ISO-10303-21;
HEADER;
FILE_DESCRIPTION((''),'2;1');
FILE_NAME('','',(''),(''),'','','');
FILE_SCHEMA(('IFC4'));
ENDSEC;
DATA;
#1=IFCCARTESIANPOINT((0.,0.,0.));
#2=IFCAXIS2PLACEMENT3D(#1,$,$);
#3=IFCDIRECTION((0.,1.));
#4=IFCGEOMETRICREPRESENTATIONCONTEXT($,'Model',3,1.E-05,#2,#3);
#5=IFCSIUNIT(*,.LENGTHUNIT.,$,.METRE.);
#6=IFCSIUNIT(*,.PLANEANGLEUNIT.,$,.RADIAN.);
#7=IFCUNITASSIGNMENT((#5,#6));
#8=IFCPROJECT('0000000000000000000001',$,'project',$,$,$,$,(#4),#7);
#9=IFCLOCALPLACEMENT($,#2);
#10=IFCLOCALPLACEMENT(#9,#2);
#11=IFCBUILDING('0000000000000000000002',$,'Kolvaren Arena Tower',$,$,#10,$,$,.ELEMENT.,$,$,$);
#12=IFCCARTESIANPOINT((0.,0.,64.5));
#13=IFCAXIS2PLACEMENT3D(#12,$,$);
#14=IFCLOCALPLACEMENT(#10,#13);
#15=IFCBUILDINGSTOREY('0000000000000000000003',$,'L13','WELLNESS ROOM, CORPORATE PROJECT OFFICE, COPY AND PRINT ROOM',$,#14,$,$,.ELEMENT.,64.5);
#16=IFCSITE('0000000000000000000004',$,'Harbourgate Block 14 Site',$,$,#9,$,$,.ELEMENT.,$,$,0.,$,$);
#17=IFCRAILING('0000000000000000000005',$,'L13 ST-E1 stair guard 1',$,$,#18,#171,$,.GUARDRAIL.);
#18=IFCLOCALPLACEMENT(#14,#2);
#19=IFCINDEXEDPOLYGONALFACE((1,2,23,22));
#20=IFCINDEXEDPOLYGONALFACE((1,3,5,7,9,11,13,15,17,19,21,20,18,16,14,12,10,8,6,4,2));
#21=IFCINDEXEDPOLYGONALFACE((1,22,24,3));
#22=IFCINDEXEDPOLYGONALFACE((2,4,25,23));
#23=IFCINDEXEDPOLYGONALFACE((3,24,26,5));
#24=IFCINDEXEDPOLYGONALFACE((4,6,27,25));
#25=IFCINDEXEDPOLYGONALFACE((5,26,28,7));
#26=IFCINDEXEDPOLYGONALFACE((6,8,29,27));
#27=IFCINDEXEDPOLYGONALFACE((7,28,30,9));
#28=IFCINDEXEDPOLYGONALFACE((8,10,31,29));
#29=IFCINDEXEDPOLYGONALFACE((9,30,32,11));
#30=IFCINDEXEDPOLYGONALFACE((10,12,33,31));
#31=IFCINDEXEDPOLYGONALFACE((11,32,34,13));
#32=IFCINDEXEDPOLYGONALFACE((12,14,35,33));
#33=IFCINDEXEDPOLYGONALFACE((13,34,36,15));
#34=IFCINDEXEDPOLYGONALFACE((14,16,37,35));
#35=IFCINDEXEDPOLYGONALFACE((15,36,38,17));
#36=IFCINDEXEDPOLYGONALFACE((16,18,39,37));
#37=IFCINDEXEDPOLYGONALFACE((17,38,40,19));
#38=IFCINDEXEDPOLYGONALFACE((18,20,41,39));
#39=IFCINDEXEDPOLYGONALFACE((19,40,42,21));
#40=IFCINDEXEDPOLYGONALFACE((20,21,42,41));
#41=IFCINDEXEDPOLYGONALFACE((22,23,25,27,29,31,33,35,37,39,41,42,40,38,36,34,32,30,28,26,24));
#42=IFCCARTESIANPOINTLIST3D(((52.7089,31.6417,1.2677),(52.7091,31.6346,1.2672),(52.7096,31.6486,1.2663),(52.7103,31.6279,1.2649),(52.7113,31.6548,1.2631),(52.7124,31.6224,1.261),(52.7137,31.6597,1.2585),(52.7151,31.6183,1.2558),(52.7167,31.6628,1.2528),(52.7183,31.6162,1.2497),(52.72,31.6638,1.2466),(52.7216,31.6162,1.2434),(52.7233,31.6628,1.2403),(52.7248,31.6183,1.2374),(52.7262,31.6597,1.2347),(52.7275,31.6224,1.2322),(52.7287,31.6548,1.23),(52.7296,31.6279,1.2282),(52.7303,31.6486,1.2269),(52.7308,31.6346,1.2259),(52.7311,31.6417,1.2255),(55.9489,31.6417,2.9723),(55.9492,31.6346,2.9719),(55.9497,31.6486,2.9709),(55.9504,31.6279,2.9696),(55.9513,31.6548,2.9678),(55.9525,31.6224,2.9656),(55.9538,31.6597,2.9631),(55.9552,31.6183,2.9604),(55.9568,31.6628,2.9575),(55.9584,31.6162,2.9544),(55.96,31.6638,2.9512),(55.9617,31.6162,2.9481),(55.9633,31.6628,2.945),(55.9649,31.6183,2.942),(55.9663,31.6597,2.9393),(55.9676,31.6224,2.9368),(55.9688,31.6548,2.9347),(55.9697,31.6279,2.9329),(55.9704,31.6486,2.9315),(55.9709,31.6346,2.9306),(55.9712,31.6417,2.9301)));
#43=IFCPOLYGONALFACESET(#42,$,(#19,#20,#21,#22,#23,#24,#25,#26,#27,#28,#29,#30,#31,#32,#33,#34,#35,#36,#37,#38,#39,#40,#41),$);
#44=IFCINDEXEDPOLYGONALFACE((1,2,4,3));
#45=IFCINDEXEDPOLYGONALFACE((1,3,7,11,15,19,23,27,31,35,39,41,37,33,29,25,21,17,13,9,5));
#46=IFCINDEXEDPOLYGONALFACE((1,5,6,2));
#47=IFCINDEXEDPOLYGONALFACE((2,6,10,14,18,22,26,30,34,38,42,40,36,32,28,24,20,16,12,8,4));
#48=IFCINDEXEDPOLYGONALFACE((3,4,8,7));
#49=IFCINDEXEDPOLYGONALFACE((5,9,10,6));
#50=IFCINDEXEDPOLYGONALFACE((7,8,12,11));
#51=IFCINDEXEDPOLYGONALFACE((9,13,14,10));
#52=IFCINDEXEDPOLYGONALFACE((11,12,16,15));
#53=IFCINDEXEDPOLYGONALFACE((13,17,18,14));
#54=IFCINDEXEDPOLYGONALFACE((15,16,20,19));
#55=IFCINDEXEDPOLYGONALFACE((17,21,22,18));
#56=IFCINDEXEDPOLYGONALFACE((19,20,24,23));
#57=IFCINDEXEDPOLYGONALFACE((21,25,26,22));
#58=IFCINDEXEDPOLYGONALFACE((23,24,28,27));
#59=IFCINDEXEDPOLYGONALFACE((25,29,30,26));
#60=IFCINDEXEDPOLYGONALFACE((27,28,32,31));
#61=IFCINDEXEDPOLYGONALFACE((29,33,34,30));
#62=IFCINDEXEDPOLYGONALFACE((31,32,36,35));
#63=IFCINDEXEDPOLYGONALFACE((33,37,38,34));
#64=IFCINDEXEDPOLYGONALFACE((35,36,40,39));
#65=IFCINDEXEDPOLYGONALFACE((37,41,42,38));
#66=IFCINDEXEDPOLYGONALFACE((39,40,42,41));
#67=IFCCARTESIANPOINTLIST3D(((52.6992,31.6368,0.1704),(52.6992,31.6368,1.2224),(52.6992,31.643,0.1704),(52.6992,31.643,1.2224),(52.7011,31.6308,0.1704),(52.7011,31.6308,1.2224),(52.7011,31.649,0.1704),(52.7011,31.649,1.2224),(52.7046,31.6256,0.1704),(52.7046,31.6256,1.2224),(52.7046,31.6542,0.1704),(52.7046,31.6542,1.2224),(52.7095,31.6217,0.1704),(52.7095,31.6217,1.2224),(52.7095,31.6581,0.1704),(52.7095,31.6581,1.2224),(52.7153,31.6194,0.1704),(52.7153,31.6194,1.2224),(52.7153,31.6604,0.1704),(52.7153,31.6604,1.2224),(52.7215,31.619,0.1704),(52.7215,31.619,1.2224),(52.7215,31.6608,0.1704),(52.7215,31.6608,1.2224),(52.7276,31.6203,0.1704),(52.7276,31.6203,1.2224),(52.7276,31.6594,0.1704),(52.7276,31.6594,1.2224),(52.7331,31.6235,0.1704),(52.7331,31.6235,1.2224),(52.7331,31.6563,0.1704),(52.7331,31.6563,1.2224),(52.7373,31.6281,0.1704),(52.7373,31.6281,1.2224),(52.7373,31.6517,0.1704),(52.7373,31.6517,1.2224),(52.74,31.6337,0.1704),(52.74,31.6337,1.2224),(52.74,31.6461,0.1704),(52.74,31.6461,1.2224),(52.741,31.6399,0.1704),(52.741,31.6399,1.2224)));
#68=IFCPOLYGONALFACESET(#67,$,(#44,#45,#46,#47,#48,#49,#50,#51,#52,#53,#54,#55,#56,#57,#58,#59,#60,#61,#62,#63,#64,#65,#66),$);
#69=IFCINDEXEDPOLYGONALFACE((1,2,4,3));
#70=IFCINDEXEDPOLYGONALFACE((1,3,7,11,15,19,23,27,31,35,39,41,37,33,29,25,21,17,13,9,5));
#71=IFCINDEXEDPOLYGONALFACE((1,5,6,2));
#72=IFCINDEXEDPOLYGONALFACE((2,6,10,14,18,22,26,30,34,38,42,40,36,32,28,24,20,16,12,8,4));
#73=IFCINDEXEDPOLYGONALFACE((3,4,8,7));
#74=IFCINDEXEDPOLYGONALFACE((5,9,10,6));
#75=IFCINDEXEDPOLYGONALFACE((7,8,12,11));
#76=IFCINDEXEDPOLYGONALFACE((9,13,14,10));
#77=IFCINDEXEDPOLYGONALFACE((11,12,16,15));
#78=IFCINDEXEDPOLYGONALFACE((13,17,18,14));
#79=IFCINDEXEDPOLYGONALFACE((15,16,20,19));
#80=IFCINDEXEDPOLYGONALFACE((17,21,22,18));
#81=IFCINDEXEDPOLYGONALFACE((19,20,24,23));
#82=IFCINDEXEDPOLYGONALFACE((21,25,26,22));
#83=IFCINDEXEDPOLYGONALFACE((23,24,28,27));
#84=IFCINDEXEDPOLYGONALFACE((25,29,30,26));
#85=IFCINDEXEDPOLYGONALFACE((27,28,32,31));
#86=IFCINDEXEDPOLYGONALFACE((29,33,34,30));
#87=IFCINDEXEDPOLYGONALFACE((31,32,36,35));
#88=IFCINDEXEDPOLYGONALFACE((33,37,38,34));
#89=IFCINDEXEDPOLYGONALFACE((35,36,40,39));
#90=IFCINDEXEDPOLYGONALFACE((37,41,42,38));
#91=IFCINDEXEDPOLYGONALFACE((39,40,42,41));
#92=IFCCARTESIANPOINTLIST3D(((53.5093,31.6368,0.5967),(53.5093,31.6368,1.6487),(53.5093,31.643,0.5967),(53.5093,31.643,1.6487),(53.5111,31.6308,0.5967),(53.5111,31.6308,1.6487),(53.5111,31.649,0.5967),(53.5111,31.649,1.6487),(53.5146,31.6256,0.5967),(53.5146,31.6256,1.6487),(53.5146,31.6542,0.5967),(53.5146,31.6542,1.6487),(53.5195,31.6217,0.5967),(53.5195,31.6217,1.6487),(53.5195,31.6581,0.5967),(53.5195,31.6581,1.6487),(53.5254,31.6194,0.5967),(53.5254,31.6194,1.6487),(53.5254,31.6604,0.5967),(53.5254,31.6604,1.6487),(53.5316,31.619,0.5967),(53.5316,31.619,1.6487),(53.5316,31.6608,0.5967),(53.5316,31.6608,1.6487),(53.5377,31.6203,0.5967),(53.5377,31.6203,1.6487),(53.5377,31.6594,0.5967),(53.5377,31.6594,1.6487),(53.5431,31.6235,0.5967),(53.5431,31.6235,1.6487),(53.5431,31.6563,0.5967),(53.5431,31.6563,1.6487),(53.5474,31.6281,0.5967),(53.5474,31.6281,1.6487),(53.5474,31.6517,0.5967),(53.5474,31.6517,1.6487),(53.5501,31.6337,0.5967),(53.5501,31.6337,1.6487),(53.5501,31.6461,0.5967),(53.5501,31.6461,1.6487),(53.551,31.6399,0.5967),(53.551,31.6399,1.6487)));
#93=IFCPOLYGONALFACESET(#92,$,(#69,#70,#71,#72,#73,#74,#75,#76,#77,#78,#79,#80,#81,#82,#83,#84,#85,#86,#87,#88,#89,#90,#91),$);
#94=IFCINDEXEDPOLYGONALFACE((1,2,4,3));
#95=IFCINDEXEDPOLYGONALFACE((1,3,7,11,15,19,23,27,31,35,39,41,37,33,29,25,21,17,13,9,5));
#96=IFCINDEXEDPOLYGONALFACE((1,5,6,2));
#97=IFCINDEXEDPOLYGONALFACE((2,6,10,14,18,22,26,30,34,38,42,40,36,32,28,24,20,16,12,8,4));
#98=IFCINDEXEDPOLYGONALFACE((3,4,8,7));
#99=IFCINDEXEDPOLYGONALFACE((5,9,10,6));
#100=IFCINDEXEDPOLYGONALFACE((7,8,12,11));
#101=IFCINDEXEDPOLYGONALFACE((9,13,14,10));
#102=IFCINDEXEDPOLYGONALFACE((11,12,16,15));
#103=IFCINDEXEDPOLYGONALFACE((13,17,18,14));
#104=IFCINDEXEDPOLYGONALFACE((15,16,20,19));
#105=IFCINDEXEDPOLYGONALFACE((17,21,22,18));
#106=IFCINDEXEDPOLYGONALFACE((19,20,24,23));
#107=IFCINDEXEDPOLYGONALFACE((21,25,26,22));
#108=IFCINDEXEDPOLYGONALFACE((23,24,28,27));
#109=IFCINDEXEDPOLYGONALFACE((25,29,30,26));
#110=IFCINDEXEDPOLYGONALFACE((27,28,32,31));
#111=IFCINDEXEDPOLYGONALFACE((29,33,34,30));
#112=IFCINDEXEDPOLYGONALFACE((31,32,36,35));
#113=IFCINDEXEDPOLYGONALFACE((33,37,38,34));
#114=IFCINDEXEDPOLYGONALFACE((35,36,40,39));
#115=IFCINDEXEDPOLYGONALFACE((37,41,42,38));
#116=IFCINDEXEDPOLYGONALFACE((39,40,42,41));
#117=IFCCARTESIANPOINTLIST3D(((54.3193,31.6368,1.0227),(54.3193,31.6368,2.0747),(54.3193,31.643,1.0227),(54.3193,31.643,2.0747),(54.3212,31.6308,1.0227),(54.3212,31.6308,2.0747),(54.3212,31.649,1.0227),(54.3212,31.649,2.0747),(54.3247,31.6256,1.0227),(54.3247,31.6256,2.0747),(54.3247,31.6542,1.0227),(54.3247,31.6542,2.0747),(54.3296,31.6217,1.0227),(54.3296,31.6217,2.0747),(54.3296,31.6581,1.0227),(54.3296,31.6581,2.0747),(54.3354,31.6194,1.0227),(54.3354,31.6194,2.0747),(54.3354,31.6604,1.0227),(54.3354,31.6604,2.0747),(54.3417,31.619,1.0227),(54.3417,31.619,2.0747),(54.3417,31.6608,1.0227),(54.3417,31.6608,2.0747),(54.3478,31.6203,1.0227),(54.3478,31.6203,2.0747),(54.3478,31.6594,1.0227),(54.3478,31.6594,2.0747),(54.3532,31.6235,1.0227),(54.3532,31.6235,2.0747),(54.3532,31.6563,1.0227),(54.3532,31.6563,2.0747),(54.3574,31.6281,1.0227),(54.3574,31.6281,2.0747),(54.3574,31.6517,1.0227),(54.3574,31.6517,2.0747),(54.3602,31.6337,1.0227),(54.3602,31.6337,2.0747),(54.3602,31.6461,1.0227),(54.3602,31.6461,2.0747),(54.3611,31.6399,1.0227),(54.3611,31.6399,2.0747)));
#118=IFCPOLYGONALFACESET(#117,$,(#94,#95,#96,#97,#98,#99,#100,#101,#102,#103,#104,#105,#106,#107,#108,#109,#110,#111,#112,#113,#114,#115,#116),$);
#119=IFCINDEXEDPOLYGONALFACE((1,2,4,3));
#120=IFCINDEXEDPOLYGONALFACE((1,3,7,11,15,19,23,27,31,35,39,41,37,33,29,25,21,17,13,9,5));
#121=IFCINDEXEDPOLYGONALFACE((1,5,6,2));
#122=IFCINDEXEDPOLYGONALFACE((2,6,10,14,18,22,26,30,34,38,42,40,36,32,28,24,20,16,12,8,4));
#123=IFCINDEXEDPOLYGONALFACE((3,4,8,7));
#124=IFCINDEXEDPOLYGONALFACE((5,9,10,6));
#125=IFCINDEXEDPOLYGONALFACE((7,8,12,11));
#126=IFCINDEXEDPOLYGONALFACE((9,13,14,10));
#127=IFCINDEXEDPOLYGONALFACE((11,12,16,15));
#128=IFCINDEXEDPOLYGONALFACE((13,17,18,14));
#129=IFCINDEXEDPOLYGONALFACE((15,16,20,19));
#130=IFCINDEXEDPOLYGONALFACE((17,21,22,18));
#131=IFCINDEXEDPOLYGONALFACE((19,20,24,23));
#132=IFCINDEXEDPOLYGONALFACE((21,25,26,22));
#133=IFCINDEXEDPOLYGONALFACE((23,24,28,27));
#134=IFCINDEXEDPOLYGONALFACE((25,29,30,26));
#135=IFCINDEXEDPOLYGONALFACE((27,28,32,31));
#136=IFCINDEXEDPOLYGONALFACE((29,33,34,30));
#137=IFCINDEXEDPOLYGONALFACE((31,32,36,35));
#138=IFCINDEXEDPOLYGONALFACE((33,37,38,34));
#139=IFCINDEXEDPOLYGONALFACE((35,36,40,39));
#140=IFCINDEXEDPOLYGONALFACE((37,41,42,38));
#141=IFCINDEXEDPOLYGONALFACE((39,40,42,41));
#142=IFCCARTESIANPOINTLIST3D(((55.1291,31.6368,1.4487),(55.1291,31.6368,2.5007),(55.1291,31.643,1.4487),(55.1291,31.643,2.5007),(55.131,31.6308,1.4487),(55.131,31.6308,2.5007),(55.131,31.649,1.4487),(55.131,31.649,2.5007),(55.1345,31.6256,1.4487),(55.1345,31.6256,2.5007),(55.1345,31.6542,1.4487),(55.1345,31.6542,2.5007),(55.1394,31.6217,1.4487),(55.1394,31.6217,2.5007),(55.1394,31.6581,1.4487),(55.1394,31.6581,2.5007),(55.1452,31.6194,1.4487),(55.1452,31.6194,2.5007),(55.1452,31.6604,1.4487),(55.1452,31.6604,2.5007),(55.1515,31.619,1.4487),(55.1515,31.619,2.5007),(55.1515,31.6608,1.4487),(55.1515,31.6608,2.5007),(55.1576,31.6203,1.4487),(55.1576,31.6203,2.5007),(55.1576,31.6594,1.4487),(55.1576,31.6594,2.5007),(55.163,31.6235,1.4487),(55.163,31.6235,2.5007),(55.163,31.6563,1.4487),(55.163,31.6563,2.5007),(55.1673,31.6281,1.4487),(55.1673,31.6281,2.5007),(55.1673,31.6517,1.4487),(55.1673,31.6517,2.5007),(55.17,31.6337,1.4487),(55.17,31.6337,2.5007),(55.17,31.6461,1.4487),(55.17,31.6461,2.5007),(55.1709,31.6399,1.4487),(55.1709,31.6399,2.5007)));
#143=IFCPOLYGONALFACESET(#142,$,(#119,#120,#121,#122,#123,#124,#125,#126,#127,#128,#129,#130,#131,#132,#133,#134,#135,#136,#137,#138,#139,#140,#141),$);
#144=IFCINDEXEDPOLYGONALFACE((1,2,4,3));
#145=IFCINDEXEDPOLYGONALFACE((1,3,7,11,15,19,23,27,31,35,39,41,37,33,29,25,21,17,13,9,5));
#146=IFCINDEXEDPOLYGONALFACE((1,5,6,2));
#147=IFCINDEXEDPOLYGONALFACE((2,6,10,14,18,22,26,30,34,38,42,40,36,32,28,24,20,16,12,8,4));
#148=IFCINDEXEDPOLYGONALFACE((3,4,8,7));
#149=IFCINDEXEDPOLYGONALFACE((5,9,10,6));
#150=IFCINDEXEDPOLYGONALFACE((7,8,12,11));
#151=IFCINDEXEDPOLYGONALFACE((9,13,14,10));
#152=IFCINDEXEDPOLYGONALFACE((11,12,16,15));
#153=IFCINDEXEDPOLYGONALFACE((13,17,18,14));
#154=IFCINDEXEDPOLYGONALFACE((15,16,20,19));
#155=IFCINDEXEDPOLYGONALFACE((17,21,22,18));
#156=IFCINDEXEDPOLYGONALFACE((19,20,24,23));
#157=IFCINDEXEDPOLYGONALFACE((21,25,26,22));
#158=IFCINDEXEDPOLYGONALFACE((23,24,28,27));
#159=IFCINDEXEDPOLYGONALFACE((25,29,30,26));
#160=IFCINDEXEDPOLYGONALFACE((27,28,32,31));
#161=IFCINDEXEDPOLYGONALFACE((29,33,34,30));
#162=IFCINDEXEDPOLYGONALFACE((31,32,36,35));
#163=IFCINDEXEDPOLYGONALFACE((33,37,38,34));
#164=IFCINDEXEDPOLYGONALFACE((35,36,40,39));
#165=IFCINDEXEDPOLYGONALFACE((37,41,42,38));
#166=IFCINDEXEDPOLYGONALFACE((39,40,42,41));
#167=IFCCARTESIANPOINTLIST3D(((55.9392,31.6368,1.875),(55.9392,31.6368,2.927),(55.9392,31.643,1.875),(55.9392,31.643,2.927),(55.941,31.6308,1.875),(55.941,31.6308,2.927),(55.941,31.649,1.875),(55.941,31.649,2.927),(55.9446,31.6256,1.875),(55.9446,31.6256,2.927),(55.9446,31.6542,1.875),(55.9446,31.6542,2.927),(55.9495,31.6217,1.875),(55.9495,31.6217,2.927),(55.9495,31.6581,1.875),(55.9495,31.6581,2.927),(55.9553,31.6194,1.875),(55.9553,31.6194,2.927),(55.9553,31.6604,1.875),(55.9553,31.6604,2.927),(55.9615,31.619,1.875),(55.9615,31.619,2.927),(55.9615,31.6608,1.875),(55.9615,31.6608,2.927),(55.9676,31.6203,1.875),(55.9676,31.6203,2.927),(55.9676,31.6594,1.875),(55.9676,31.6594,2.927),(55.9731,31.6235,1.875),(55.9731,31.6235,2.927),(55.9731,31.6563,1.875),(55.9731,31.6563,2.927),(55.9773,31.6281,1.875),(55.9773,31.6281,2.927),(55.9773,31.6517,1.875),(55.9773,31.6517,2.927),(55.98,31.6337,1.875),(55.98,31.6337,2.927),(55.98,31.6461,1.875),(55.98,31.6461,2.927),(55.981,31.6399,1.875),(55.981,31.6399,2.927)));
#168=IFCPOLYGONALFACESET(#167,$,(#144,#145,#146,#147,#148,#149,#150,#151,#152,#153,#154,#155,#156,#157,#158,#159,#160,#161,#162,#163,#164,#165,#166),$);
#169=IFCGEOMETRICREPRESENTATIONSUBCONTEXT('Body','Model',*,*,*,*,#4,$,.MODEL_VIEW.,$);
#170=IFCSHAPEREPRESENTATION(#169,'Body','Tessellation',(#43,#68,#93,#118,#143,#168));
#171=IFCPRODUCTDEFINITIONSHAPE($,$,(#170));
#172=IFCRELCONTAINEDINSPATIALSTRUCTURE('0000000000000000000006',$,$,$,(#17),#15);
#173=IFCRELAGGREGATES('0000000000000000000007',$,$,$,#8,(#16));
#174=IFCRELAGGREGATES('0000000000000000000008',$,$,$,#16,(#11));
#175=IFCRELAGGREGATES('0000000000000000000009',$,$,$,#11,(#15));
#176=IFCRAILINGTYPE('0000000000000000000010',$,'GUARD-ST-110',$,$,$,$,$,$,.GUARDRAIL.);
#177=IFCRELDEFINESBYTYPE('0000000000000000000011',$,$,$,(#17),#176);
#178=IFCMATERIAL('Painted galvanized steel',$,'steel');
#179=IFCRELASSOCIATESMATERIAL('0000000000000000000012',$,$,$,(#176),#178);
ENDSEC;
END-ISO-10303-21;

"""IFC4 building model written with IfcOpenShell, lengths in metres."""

from ifc_helpers import new_model, si_unit, direction, frame, origin, origin_2d, place, context, subcontext, project, spatial, circle, extrude, material, type_object, element, save


model = new_model("IFC4")

# Units and contexts
model_context = context("Model", 3, precision=1e-05, world=origin(), true_north=direction((0.0, 1.0)))
body_context = subcontext(model_context, "Body", "Model", "MODEL_VIEW")
ifc_project = project(units=[si_unit("LENGTHUNIT", "METRE"), si_unit("PLANEANGLEUNIT", "RADIAN")], contexts=[model_context])

# Site, building, storey
site_placement = place(None, origin())
site = spatial("IfcSite", under=ifc_project, at=site_placement, Name="Harbourgate Block 14 Site", CompositionType="ELEMENT", RefElevation=0.0)
building_placement = place(site_placement, origin())
building = spatial("IfcBuilding", under=site, at=building_placement, Name="Kolvaren Arena Tower", CompositionType="ELEMENT")
storey_placement = place(building_placement, frame((0.0, 0.0, 64.5)))
storey = spatial("IfcBuildingStorey", under=building, at=storey_placement, Name="L13", Description="WELLNESS ROOM, CORPORATE PROJECT OFFICE, COPY AND PRINT ROOM", CompositionType="ELEMENT", Elevation=64.5)

# Railing
ifc_material_1 = material(Name="Painted galvanized steel", Category="steel")
railing_type_1 = type_object("IfcRailingType", Name="GUARD-ST-110", PredefinedType="GUARDRAIL", material=ifc_material_1)
railing_1_placement = place(storey_placement, frame((52.72, 31.6399, 0.1704)))
element("IfcRailing", 1, at=railing_1_placement, inside=storey, type_object=railing_type_1, Name="L13 ST-E1 stair guard 1", PredefinedType="GUARDRAIL", context=body_context, shape_type="SweptSolid", body=[
    extrude(circle(Radius=0.0239, at=origin_2d()), frame((0.0, 0.0, 1.0762), z_axis=(0.884993, 0.0, 0.465604), x_axis=(0.0, 1.0, 0.0)), (0.0, 0.0, 1.0), 3.6611),
    extrude(circle(Radius=0.021, at=origin_2d()), origin(), (0.0, 0.0, 1.0), 1.052),
    extrude(circle(Radius=0.021, at=origin_2d()), frame((0.8101, 0.0, 0.4263)), (0.0, 0.0, 1.0), 1.052),
    extrude(circle(Radius=0.021, at=origin_2d()), frame((1.6201, 0.0, 0.8523)), (0.0, 0.0, 1.0), 1.052),
    extrude(circle(Radius=0.021, at=origin_2d()), frame((2.4299, 0.0, 1.2783)), (0.0, 0.0, 1.0), 1.052),
    extrude(circle(Radius=0.021, at=origin_2d()), frame((3.24, 0.0, 1.7046)), (0.0, 0.0, 1.0), 1.052),
])

save(model, "model.ifc")
